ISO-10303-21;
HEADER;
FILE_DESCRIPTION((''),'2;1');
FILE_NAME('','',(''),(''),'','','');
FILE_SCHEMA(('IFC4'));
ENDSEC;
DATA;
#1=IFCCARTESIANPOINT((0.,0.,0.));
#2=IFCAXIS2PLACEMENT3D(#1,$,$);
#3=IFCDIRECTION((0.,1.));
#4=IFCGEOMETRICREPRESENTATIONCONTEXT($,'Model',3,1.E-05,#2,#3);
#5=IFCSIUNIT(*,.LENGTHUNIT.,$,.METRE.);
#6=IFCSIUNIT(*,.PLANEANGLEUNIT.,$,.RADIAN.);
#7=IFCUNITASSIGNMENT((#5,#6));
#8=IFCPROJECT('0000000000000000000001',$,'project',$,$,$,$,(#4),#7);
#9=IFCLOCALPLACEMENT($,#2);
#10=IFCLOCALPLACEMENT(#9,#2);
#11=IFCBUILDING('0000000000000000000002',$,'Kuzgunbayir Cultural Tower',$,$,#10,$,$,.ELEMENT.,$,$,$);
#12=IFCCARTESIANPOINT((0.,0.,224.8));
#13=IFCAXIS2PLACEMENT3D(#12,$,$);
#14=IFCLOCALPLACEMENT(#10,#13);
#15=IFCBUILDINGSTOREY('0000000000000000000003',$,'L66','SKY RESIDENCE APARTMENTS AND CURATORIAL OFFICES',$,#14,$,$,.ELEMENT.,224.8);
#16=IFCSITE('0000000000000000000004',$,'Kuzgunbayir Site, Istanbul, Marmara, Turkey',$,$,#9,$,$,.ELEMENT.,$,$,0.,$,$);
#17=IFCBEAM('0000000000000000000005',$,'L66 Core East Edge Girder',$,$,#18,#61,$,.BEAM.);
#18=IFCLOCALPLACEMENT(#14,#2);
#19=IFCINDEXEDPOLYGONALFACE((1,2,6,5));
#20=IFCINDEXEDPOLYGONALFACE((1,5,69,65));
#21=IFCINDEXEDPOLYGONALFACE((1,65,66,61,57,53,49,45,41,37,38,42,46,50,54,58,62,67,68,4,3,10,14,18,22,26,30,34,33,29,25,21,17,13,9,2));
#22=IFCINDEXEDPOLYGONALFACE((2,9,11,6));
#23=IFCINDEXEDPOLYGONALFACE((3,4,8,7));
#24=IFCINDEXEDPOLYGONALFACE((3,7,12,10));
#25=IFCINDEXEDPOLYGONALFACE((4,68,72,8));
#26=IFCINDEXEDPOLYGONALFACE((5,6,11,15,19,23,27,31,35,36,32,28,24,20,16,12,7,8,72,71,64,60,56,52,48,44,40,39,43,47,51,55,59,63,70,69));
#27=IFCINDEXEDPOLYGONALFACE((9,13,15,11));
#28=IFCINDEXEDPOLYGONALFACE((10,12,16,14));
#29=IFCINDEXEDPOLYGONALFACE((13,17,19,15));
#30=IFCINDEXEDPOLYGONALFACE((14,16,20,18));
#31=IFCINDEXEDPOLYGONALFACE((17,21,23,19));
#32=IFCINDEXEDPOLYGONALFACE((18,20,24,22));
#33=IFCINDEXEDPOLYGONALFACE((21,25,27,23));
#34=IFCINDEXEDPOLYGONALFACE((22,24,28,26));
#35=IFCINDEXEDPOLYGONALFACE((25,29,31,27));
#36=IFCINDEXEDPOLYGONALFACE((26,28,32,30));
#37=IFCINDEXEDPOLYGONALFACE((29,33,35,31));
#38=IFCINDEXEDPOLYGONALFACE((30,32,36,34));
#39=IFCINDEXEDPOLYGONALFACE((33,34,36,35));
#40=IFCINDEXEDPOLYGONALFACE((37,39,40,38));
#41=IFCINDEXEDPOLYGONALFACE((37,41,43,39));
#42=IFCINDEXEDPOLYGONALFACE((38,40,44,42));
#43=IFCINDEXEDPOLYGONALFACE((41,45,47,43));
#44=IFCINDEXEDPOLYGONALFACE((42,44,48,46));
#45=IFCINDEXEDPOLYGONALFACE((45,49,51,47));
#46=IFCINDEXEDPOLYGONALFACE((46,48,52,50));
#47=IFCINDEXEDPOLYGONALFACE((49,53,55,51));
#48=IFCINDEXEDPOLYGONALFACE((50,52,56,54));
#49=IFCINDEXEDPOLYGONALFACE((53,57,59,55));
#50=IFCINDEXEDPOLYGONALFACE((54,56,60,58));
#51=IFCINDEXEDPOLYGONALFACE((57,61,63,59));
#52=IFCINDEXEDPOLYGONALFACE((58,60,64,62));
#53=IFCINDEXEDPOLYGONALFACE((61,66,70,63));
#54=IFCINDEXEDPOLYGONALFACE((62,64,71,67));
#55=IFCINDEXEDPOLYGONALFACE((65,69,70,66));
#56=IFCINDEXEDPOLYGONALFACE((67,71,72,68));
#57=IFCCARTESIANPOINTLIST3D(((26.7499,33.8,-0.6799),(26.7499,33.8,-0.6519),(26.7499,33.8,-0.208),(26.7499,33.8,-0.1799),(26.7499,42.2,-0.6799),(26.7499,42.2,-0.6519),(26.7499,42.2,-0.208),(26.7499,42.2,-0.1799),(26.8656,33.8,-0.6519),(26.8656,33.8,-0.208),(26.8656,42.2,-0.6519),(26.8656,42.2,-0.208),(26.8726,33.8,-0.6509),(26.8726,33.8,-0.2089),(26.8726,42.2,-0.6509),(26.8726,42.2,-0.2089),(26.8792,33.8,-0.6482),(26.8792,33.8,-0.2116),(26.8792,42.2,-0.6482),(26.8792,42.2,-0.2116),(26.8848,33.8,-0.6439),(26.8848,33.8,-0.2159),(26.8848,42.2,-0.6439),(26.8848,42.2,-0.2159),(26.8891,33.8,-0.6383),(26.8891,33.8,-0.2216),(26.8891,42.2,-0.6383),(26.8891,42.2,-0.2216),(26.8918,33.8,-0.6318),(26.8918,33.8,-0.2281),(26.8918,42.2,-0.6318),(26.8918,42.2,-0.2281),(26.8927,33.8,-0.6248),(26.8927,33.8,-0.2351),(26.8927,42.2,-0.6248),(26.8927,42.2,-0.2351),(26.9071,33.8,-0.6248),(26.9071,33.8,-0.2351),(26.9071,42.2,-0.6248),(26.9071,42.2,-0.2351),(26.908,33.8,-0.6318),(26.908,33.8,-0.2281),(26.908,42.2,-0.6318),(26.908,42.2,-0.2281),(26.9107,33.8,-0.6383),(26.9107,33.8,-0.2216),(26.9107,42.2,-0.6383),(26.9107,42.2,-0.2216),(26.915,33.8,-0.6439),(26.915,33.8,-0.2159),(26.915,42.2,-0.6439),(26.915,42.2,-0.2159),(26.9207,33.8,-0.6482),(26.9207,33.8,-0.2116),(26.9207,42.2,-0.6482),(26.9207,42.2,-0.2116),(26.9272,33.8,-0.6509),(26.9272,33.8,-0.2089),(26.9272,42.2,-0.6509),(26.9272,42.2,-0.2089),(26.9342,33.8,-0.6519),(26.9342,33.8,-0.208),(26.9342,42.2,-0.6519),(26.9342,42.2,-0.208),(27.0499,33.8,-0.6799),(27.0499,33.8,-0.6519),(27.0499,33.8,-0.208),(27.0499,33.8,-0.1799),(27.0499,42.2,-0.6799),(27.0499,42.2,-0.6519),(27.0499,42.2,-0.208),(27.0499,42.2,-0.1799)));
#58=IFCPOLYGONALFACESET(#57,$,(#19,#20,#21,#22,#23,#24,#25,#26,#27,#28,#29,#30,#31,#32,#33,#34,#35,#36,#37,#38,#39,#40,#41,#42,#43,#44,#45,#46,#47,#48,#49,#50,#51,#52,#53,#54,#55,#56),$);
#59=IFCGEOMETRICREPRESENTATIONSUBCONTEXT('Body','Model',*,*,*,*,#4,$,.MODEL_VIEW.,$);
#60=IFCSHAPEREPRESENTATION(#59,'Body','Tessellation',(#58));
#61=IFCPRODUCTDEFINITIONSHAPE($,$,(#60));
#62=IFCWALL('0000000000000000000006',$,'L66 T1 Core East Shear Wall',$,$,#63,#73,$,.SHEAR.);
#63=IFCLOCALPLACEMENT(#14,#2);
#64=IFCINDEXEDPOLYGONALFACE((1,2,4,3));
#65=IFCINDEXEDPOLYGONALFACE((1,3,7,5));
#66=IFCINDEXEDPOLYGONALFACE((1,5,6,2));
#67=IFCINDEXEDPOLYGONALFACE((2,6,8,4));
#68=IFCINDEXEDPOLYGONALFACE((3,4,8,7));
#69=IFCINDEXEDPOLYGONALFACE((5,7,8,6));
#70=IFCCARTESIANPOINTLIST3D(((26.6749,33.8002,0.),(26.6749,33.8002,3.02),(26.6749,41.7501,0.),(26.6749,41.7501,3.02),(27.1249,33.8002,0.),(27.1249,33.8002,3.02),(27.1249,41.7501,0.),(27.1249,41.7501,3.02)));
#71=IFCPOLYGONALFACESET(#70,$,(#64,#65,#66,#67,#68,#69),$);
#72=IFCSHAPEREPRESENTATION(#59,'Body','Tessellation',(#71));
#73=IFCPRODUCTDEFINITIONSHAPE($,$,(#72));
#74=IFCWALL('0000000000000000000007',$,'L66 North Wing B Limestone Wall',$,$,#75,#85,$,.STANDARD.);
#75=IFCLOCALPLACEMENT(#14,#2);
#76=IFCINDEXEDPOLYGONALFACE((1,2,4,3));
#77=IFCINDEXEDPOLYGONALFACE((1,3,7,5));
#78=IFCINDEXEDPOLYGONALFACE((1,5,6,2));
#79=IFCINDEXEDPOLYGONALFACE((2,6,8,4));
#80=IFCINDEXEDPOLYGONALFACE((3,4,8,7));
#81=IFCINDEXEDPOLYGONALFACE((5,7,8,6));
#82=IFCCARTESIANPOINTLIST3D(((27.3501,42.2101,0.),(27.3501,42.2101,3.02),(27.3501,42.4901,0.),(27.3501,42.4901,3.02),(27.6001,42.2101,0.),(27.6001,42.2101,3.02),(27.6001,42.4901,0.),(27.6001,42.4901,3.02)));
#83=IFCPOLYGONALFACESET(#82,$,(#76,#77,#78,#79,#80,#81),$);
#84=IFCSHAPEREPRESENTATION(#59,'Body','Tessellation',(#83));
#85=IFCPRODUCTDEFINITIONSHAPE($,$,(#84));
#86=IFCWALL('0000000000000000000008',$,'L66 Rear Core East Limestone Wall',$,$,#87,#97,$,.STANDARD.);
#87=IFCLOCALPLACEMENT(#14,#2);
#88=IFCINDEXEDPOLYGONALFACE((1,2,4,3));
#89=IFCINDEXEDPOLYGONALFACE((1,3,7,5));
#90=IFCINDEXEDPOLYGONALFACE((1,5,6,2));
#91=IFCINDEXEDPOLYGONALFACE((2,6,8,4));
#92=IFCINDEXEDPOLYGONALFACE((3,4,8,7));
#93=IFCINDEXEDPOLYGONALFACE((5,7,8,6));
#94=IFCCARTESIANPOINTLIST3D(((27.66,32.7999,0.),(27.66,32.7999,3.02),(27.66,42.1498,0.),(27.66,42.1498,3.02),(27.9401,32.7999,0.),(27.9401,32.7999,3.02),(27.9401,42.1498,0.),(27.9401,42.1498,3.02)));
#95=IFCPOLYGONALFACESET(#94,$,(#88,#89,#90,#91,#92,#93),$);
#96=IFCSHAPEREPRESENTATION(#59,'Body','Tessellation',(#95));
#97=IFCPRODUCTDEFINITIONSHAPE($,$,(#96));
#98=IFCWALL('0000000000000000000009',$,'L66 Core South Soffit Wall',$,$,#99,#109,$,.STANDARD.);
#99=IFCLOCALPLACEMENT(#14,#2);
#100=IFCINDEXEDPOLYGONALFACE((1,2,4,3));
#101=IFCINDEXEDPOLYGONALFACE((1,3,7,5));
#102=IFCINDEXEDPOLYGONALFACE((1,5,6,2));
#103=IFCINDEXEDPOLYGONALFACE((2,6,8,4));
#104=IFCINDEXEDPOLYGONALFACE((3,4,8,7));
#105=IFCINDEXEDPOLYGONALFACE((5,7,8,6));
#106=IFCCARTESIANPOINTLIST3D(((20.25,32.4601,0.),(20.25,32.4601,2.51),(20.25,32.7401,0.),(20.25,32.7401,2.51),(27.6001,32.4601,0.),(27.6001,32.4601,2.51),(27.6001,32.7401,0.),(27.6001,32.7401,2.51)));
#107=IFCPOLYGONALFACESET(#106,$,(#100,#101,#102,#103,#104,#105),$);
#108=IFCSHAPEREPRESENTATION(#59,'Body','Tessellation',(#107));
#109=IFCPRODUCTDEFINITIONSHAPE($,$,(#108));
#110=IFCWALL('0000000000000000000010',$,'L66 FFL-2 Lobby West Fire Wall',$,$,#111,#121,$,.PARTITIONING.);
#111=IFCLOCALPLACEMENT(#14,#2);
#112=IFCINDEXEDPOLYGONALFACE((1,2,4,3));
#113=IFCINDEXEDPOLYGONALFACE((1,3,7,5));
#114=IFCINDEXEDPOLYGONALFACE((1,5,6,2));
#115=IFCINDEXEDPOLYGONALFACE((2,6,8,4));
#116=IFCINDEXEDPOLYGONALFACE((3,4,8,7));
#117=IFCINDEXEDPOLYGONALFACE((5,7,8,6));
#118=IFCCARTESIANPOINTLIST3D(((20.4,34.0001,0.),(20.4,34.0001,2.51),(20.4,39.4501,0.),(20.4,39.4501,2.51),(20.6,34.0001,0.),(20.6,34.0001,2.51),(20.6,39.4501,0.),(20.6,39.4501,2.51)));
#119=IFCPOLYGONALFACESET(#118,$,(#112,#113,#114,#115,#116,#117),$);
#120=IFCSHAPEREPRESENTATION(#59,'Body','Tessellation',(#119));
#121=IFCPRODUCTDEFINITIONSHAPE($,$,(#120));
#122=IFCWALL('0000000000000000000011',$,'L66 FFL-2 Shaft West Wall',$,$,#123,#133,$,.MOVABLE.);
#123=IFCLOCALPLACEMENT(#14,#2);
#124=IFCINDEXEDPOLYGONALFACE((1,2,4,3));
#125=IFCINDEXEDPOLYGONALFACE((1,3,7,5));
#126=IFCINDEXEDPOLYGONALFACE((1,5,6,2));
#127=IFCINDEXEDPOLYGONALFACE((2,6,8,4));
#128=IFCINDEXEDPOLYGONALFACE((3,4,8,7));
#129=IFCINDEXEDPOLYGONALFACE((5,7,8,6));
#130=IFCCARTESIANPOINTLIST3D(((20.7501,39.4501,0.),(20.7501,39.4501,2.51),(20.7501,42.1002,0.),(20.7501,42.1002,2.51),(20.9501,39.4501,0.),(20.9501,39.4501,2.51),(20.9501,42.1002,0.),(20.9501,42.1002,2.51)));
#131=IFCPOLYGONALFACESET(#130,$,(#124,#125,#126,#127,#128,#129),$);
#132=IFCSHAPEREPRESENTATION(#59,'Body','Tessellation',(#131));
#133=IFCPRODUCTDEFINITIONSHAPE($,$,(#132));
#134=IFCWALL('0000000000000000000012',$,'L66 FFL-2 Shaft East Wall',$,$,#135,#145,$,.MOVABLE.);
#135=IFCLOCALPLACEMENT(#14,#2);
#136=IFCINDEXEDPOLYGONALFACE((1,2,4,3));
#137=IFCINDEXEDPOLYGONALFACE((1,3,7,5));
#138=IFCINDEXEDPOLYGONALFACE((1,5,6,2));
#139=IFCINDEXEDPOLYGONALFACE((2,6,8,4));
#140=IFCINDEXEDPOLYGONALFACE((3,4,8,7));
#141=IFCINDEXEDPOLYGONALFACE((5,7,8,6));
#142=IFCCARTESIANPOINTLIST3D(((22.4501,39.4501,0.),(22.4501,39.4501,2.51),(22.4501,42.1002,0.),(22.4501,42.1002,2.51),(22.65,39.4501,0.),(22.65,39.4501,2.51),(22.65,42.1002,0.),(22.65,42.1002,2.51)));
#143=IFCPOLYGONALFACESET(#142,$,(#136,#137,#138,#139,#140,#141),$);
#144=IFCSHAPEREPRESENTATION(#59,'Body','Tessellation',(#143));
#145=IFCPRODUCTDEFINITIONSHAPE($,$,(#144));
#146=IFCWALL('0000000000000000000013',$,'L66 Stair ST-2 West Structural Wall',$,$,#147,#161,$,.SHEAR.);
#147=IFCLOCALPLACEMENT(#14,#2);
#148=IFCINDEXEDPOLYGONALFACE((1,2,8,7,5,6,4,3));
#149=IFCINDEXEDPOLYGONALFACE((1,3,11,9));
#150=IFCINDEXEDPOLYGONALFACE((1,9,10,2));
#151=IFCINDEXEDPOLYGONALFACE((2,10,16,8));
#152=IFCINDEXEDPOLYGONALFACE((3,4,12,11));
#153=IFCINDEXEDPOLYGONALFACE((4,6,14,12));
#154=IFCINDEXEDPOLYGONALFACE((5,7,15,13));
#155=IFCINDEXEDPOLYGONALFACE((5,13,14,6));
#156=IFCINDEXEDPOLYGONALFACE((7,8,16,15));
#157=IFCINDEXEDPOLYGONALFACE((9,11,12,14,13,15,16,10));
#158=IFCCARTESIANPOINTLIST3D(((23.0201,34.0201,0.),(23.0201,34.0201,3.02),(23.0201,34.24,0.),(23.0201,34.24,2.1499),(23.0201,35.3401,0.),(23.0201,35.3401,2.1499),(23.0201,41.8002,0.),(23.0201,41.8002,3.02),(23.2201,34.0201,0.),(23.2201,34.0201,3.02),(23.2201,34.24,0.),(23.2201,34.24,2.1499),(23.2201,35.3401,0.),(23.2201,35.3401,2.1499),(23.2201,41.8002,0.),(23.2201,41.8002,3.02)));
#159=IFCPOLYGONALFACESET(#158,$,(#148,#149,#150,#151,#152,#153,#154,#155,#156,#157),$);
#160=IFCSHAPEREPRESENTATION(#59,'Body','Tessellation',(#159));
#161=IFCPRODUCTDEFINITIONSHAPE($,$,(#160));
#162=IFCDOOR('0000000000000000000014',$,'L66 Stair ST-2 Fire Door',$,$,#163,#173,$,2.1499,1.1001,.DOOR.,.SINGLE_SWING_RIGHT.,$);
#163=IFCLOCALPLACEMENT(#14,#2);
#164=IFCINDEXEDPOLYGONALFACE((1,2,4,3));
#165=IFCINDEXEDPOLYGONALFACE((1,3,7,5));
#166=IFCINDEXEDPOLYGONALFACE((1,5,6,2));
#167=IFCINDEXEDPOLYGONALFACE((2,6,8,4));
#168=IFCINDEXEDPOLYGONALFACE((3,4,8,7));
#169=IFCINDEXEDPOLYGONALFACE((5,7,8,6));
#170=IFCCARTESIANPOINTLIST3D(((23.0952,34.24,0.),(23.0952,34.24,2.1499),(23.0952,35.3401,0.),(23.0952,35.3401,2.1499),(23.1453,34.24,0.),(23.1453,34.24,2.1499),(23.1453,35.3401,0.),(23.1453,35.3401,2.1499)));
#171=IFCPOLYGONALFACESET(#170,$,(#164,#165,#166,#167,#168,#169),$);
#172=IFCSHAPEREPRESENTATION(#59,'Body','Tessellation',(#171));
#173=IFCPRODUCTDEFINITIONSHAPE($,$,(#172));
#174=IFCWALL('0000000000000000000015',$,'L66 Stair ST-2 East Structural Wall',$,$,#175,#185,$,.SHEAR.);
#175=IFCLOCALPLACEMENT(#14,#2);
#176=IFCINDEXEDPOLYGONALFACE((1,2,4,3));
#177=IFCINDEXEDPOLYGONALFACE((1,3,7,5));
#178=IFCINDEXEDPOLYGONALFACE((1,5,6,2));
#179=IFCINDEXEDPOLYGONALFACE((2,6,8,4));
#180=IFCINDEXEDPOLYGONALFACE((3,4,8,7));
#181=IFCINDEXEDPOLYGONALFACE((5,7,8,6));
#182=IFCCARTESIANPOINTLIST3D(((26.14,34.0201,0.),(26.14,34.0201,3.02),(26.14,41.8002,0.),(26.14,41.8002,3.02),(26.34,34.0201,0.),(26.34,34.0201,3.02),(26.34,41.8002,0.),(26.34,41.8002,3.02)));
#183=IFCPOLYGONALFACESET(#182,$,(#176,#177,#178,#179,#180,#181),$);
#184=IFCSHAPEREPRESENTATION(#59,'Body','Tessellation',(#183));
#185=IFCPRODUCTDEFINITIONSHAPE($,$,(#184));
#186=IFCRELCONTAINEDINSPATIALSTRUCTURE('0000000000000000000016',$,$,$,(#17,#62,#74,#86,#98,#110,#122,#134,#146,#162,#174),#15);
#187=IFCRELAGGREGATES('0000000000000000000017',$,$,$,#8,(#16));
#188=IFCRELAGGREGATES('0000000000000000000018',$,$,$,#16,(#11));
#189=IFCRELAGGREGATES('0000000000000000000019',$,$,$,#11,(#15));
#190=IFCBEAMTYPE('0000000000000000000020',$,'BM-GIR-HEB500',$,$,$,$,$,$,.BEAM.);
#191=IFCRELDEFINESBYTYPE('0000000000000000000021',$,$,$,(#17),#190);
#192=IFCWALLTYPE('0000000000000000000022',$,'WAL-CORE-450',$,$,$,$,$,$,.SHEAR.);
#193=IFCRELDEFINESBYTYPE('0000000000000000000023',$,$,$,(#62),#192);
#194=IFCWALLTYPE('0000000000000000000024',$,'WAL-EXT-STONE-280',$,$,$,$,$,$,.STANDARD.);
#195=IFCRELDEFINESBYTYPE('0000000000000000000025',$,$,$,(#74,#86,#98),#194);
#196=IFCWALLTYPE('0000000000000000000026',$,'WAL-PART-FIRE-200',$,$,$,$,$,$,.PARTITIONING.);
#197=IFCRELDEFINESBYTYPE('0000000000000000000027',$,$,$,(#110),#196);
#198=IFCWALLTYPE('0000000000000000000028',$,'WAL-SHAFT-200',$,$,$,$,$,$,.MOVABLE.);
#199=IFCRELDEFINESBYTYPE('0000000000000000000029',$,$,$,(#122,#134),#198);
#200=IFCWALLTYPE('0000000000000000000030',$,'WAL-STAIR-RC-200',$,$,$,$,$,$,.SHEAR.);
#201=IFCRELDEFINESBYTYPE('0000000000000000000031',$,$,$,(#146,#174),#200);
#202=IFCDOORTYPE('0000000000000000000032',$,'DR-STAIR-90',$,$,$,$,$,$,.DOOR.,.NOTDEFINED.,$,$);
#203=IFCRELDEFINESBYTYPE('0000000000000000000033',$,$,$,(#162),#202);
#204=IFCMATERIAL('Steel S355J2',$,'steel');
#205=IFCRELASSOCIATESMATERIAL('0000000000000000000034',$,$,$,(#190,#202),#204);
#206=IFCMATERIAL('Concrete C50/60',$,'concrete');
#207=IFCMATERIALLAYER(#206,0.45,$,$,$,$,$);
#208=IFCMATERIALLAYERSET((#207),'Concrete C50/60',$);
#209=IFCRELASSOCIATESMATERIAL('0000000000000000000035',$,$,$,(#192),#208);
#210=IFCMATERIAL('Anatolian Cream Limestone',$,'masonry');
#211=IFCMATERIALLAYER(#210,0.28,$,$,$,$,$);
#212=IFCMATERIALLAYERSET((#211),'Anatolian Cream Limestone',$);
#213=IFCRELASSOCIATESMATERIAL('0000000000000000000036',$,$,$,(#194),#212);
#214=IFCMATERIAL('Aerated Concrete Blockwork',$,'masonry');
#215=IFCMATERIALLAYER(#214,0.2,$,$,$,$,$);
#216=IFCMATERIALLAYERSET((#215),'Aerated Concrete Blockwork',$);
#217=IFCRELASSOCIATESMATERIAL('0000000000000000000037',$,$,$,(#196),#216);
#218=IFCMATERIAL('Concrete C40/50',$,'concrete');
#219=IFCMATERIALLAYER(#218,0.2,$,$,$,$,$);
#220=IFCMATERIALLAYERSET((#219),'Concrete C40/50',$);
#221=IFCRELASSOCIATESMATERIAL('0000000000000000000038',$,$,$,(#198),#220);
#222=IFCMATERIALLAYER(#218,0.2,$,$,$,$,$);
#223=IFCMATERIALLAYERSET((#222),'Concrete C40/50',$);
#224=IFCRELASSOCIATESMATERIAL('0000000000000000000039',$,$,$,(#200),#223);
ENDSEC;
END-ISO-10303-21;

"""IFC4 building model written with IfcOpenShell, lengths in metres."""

from ifc_helpers import new_model, si_unit, direction, frame, frame_2d, origin, origin_2d, place, context, subcontext, project, spatial, rectangle, i_section, extrude, material, layer, layer_set, material_profile, profile_set, type_object, element, fill, save


model = new_model("IFC4")

# Units and contexts
model_context = context("Model", 3, precision=1e-05, world=origin(), true_north=direction((0.0, 1.0)))
body_context = subcontext(model_context, "Body", "Model", "MODEL_VIEW")
ifc_project = project(units=[si_unit("LENGTHUNIT", "METRE"), si_unit("PLANEANGLEUNIT", "RADIAN")], contexts=[model_context])

# Site, building, storey
site_placement = place(None, origin())
site = spatial("IfcSite", under=ifc_project, at=site_placement, Name="Kuzgunbayir Site, Istanbul, Marmara, Turkey", CompositionType="ELEMENT", RefElevation=0.0)
building_placement = place(site_placement, origin())
building = spatial("IfcBuilding", under=site, at=building_placement, Name="Kuzgunbayir Cultural Tower", CompositionType="ELEMENT")
storey_placement = place(building_placement, frame((0.0, 0.0, 224.8)))
storey = spatial("IfcBuildingStorey", under=building, at=storey_placement, Name="L66", Description="SKY RESIDENCE APARTMENTS AND CURATORIAL OFFICES", CompositionType="ELEMENT", Elevation=224.8)

# Shared definitions
ifc_material_1 = material(Name="Concrete C50/60", Category="concrete")

# Beam
ifc_material_2 = material(Name="Steel S355J2", Category="steel")
ifc_material_profile_1 = material_profile(ifc_material_2, i_section(OverallWidth=0.3, OverallDepth=0.5, WebThickness=0.0144, FlangeThickness=0.0281, FilletRadius=0.0271, at=origin_2d()), Name="HEB 500")
ifc_profile_set_1 = profile_set([ifc_material_profile_1], Name="Steel S355J2")
beam_type = type_object("IfcBeamType", Name="BM-GIR-HEB500", PredefinedType="BEAM", material=ifc_profile_set_1)
beam_1_placement = place(storey_placement, frame((26.8999, 33.8, -0.4299), z_axis=(0.0, 1.0, 0.0), x_axis=(-1.0, 0.0, 0.0)))
element("IfcBeam", 1, at=beam_1_placement, inside=storey, type_object=beam_type, Name="L66 Core East Edge Girder", PredefinedType="BEAM", context=body_context, shape_type="SweptSolid", body=[
    extrude(i_section(OverallWidth=0.3, OverallDepth=0.5, WebThickness=0.0144, FlangeThickness=0.0281, FilletRadius=0.0271, at=origin_2d()), origin(), (0.0, 0.0, 1.0), 8.3999),
])

# Walls
ifc_layer_1 = layer(ifc_material_1, 0.45)
ifc_layer_set_1 = layer_set([ifc_layer_1], Name="Concrete C50/60")
wall_type_1 = type_object("IfcWallType", Name="WAL-CORE-450", PredefinedType="SHEAR", material=ifc_layer_set_1)
wall_1_placement = place(storey_placement, frame((26.8999, 33.8, 0.0), z_axis=(0.0, 0.0, 1.0), x_axis=(0.0, 1.0, 0.0)))
element("IfcWall", 2, at=wall_1_placement, inside=storey, type_object=wall_type_1, Name="L66 T1 Core East Shear Wall", PredefinedType="SHEAR", context=body_context, shape_type="SweptSolid", body=[
    extrude(rectangle(XDim=7.95, YDim=0.45, at=frame_2d((3.9751, 0.0))), origin(), (0.0, 0.0, 1.0), 3.02),
])
ifc_material_3 = material(Name="Anatolian Cream Limestone", Category="masonry")
ifc_layer_2 = layer(ifc_material_3, 0.28)
ifc_layer_set_2 = layer_set([ifc_layer_2], Name="Anatolian Cream Limestone")
wall_type_2 = type_object("IfcWallType", Name="WAL-EXT-STONE-280", PredefinedType="STANDARD", material=ifc_layer_set_2)
wall_2_placement = place(storey_placement, frame((27.6001, 42.3501, 0.0), z_axis=(0.0, 0.0, 1.0), x_axis=(-1.0, 0.0, 0.0)))
element("IfcWall", 3, at=wall_2_placement, inside=storey, type_object=wall_type_2, Name="L66 North Wing B Limestone Wall", PredefinedType="STANDARD", context=body_context, shape_type="SweptSolid", body=[
    extrude(rectangle(XDim=0.25, YDim=0.28, at=frame_2d((0.125, 0.0))), origin(), (0.0, 0.0, 1.0), 3.02),
])
wall_3_placement = place(storey_placement, frame((27.8, 32.8, 0.0), z_axis=(0.0, 0.0, 1.0), x_axis=(0.0, 1.0, 0.0)))
element("IfcWall", 4, at=wall_3_placement, inside=storey, type_object=wall_type_2, Name="L66 Rear Core East Limestone Wall", PredefinedType="STANDARD", context=body_context, shape_type="SweptSolid", body=[
    extrude(rectangle(XDim=9.3499, YDim=0.28, at=frame_2d((4.6748, 0.0))), origin(), (0.0, 0.0, 1.0), 3.02),
])
wall_4_placement = place(storey_placement, frame((20.25, 32.6001, 0.0), z_axis=(0.0, 0.0, 1.0), x_axis=(1.0, 0.0, 0.0)))
element("IfcWall", 5, at=wall_4_placement, inside=storey, type_object=wall_type_2, Name="L66 Core South Soffit Wall", PredefinedType="STANDARD", context=body_context, shape_type="SweptSolid", body=[
    extrude(rectangle(XDim=7.3501, YDim=0.28, at=frame_2d((3.675, 0.0))), origin(), (0.0, 0.0, 1.0), 2.51),
])
ifc_material_4 = material(Name="Aerated Concrete Blockwork", Category="masonry")
ifc_layer_3 = layer(ifc_material_4, 0.2)
ifc_layer_set_3 = layer_set([ifc_layer_3], Name="Aerated Concrete Blockwork")
wall_type_3 = type_object("IfcWallType", Name="WAL-PART-FIRE-200", PredefinedType="PARTITIONING", material=ifc_layer_set_3)
wall_5_placement = place(storey_placement, frame((20.5, 34.0, 0.0), z_axis=(0.0, 0.0, 1.0), x_axis=(0.0, 1.0, 0.0)))
element("IfcWall", 6, at=wall_5_placement, inside=storey, type_object=wall_type_3, Name="L66 FFL-2 Lobby West Fire Wall", PredefinedType="PARTITIONING", context=body_context, shape_type="SweptSolid", body=[
    extrude(rectangle(XDim=5.45, YDim=0.2, at=frame_2d((2.7251, 0.0))), origin(), (0.0, 0.0, 1.0), 2.51),
])

# Shared definitions
ifc_material_5 = material(Name="Concrete C40/50", Category="concrete")
ifc_layer_4 = layer(ifc_material_5, 0.2)
ifc_layer_set_4 = layer_set([ifc_layer_4], Name="Concrete C40/50")
wall_type_4 = type_object("IfcWallType", Name="WAL-SHAFT-200", PredefinedType="MOVABLE", material=ifc_layer_set_4)

# Walls
for number, where, z_axis, x_axis, name in (
    (7, (20.8501, 39.45, 0.0), (0.0, 0.0, 1.0), (0.0, 1.0, 0.0), "L66 FFL-2 Shaft West Wall"),
    (8, (22.55, 39.45, 0.0), (0.0, 0.0, 1.0), (0.0, 1.0, 0.0), "L66 FFL-2 Shaft East Wall"),
):
    element("IfcWall", number, at=place(storey_placement, frame(where, z_axis=z_axis, x_axis=x_axis)), inside=storey, type_object=wall_type_4, Name=name, PredefinedType="MOVABLE", context=body_context, shape_type="SweptSolid", body=[
        extrude(rectangle(XDim=2.6501, YDim=0.2, at=frame_2d((1.3252, 0.0))), origin(), (0.0, 0.0, 1.0), 2.51),
    ])

# Wall, opening, door
ifc_layer_5 = layer(ifc_material_5, 0.2)
ifc_layer_set_5 = layer_set([ifc_layer_5], Name="Concrete C40/50")
wall_type_5 = type_object("IfcWallType", Name="WAL-STAIR-RC-200", PredefinedType="SHEAR", material=ifc_layer_set_5)
wall_6_placement = place(storey_placement, frame((23.1201, 34.02, 0.0), z_axis=(0.0, 0.0, 1.0), x_axis=(0.0, 1.0, 0.0)))
wall_6 = element("IfcWall", 9, at=wall_6_placement, inside=storey, type_object=wall_type_5, Name="L66 Stair ST-2 West Structural Wall", PredefinedType="SHEAR", context=body_context, shape_type="SweptSolid", body=[
    extrude(rectangle(XDim=7.78, YDim=0.2, at=frame_2d((3.8901, 0.0))), origin(), (0.0, 0.0, 1.0), 3.02),
])
opening_1_placement = place(wall_6_placement, frame((0.22, 0.0, 0.0)))
opening_1 = element("IfcOpeningElement", 10, at=opening_1_placement, cuts=wall_6, PredefinedType="OPENING", context=body_context, shape_type="SweptSolid", body=[
    extrude(rectangle(XDim=1.1001, YDim=2.1499, at=frame_2d((0.55, 1.075))), frame((0.0, 0.1099, 0.0), z_axis=(0.0, -1.0, 0.0), x_axis=(1.0, 0.0, 0.0)), (0.0, 0.0, 1.0), 0.22),
])
door_type_1 = type_object("IfcDoorType", Name="DR-STAIR-90", OperationType="NOTDEFINED", PredefinedType="DOOR", material=ifc_material_2)
door_1_placement = place(opening_1_placement, origin())
door_1 = element("IfcDoor", 11, at=door_1_placement, inside=storey, type_object=door_type_1, Name="L66 Stair ST-2 Fire Door", OperationType="SINGLE_SWING_RIGHT", OverallHeight=2.1499, OverallWidth=1.1001, PredefinedType="DOOR", context=body_context, shape_type="SweptSolid", body=[
    extrude(rectangle(XDim=1.1001, YDim=2.1499, at=frame_2d((0.55, 1.075))), frame((0.0, 0.0249, 0.0), z_axis=(0.0, -1.0, 0.0), x_axis=(1.0, 0.0, 0.0)), (0.0, 0.0, 1.0), 0.05),
])
fill(opening_1, door_1)

# Wall
wall_7_placement = place(storey_placement, frame((26.24, 34.02, 0.0), z_axis=(0.0, 0.0, 1.0), x_axis=(0.0, 1.0, 0.0)))
element("IfcWall", 12, at=wall_7_placement, inside=storey, type_object=wall_type_5, Name="L66 Stair ST-2 East Structural Wall", PredefinedType="SHEAR", context=body_context, shape_type="SweptSolid", body=[
    extrude(rectangle(XDim=7.78, YDim=0.2, at=frame_2d((3.8901, 0.0))), origin(), (0.0, 0.0, 1.0), 3.02),
])

save(model, "model.ifc")
